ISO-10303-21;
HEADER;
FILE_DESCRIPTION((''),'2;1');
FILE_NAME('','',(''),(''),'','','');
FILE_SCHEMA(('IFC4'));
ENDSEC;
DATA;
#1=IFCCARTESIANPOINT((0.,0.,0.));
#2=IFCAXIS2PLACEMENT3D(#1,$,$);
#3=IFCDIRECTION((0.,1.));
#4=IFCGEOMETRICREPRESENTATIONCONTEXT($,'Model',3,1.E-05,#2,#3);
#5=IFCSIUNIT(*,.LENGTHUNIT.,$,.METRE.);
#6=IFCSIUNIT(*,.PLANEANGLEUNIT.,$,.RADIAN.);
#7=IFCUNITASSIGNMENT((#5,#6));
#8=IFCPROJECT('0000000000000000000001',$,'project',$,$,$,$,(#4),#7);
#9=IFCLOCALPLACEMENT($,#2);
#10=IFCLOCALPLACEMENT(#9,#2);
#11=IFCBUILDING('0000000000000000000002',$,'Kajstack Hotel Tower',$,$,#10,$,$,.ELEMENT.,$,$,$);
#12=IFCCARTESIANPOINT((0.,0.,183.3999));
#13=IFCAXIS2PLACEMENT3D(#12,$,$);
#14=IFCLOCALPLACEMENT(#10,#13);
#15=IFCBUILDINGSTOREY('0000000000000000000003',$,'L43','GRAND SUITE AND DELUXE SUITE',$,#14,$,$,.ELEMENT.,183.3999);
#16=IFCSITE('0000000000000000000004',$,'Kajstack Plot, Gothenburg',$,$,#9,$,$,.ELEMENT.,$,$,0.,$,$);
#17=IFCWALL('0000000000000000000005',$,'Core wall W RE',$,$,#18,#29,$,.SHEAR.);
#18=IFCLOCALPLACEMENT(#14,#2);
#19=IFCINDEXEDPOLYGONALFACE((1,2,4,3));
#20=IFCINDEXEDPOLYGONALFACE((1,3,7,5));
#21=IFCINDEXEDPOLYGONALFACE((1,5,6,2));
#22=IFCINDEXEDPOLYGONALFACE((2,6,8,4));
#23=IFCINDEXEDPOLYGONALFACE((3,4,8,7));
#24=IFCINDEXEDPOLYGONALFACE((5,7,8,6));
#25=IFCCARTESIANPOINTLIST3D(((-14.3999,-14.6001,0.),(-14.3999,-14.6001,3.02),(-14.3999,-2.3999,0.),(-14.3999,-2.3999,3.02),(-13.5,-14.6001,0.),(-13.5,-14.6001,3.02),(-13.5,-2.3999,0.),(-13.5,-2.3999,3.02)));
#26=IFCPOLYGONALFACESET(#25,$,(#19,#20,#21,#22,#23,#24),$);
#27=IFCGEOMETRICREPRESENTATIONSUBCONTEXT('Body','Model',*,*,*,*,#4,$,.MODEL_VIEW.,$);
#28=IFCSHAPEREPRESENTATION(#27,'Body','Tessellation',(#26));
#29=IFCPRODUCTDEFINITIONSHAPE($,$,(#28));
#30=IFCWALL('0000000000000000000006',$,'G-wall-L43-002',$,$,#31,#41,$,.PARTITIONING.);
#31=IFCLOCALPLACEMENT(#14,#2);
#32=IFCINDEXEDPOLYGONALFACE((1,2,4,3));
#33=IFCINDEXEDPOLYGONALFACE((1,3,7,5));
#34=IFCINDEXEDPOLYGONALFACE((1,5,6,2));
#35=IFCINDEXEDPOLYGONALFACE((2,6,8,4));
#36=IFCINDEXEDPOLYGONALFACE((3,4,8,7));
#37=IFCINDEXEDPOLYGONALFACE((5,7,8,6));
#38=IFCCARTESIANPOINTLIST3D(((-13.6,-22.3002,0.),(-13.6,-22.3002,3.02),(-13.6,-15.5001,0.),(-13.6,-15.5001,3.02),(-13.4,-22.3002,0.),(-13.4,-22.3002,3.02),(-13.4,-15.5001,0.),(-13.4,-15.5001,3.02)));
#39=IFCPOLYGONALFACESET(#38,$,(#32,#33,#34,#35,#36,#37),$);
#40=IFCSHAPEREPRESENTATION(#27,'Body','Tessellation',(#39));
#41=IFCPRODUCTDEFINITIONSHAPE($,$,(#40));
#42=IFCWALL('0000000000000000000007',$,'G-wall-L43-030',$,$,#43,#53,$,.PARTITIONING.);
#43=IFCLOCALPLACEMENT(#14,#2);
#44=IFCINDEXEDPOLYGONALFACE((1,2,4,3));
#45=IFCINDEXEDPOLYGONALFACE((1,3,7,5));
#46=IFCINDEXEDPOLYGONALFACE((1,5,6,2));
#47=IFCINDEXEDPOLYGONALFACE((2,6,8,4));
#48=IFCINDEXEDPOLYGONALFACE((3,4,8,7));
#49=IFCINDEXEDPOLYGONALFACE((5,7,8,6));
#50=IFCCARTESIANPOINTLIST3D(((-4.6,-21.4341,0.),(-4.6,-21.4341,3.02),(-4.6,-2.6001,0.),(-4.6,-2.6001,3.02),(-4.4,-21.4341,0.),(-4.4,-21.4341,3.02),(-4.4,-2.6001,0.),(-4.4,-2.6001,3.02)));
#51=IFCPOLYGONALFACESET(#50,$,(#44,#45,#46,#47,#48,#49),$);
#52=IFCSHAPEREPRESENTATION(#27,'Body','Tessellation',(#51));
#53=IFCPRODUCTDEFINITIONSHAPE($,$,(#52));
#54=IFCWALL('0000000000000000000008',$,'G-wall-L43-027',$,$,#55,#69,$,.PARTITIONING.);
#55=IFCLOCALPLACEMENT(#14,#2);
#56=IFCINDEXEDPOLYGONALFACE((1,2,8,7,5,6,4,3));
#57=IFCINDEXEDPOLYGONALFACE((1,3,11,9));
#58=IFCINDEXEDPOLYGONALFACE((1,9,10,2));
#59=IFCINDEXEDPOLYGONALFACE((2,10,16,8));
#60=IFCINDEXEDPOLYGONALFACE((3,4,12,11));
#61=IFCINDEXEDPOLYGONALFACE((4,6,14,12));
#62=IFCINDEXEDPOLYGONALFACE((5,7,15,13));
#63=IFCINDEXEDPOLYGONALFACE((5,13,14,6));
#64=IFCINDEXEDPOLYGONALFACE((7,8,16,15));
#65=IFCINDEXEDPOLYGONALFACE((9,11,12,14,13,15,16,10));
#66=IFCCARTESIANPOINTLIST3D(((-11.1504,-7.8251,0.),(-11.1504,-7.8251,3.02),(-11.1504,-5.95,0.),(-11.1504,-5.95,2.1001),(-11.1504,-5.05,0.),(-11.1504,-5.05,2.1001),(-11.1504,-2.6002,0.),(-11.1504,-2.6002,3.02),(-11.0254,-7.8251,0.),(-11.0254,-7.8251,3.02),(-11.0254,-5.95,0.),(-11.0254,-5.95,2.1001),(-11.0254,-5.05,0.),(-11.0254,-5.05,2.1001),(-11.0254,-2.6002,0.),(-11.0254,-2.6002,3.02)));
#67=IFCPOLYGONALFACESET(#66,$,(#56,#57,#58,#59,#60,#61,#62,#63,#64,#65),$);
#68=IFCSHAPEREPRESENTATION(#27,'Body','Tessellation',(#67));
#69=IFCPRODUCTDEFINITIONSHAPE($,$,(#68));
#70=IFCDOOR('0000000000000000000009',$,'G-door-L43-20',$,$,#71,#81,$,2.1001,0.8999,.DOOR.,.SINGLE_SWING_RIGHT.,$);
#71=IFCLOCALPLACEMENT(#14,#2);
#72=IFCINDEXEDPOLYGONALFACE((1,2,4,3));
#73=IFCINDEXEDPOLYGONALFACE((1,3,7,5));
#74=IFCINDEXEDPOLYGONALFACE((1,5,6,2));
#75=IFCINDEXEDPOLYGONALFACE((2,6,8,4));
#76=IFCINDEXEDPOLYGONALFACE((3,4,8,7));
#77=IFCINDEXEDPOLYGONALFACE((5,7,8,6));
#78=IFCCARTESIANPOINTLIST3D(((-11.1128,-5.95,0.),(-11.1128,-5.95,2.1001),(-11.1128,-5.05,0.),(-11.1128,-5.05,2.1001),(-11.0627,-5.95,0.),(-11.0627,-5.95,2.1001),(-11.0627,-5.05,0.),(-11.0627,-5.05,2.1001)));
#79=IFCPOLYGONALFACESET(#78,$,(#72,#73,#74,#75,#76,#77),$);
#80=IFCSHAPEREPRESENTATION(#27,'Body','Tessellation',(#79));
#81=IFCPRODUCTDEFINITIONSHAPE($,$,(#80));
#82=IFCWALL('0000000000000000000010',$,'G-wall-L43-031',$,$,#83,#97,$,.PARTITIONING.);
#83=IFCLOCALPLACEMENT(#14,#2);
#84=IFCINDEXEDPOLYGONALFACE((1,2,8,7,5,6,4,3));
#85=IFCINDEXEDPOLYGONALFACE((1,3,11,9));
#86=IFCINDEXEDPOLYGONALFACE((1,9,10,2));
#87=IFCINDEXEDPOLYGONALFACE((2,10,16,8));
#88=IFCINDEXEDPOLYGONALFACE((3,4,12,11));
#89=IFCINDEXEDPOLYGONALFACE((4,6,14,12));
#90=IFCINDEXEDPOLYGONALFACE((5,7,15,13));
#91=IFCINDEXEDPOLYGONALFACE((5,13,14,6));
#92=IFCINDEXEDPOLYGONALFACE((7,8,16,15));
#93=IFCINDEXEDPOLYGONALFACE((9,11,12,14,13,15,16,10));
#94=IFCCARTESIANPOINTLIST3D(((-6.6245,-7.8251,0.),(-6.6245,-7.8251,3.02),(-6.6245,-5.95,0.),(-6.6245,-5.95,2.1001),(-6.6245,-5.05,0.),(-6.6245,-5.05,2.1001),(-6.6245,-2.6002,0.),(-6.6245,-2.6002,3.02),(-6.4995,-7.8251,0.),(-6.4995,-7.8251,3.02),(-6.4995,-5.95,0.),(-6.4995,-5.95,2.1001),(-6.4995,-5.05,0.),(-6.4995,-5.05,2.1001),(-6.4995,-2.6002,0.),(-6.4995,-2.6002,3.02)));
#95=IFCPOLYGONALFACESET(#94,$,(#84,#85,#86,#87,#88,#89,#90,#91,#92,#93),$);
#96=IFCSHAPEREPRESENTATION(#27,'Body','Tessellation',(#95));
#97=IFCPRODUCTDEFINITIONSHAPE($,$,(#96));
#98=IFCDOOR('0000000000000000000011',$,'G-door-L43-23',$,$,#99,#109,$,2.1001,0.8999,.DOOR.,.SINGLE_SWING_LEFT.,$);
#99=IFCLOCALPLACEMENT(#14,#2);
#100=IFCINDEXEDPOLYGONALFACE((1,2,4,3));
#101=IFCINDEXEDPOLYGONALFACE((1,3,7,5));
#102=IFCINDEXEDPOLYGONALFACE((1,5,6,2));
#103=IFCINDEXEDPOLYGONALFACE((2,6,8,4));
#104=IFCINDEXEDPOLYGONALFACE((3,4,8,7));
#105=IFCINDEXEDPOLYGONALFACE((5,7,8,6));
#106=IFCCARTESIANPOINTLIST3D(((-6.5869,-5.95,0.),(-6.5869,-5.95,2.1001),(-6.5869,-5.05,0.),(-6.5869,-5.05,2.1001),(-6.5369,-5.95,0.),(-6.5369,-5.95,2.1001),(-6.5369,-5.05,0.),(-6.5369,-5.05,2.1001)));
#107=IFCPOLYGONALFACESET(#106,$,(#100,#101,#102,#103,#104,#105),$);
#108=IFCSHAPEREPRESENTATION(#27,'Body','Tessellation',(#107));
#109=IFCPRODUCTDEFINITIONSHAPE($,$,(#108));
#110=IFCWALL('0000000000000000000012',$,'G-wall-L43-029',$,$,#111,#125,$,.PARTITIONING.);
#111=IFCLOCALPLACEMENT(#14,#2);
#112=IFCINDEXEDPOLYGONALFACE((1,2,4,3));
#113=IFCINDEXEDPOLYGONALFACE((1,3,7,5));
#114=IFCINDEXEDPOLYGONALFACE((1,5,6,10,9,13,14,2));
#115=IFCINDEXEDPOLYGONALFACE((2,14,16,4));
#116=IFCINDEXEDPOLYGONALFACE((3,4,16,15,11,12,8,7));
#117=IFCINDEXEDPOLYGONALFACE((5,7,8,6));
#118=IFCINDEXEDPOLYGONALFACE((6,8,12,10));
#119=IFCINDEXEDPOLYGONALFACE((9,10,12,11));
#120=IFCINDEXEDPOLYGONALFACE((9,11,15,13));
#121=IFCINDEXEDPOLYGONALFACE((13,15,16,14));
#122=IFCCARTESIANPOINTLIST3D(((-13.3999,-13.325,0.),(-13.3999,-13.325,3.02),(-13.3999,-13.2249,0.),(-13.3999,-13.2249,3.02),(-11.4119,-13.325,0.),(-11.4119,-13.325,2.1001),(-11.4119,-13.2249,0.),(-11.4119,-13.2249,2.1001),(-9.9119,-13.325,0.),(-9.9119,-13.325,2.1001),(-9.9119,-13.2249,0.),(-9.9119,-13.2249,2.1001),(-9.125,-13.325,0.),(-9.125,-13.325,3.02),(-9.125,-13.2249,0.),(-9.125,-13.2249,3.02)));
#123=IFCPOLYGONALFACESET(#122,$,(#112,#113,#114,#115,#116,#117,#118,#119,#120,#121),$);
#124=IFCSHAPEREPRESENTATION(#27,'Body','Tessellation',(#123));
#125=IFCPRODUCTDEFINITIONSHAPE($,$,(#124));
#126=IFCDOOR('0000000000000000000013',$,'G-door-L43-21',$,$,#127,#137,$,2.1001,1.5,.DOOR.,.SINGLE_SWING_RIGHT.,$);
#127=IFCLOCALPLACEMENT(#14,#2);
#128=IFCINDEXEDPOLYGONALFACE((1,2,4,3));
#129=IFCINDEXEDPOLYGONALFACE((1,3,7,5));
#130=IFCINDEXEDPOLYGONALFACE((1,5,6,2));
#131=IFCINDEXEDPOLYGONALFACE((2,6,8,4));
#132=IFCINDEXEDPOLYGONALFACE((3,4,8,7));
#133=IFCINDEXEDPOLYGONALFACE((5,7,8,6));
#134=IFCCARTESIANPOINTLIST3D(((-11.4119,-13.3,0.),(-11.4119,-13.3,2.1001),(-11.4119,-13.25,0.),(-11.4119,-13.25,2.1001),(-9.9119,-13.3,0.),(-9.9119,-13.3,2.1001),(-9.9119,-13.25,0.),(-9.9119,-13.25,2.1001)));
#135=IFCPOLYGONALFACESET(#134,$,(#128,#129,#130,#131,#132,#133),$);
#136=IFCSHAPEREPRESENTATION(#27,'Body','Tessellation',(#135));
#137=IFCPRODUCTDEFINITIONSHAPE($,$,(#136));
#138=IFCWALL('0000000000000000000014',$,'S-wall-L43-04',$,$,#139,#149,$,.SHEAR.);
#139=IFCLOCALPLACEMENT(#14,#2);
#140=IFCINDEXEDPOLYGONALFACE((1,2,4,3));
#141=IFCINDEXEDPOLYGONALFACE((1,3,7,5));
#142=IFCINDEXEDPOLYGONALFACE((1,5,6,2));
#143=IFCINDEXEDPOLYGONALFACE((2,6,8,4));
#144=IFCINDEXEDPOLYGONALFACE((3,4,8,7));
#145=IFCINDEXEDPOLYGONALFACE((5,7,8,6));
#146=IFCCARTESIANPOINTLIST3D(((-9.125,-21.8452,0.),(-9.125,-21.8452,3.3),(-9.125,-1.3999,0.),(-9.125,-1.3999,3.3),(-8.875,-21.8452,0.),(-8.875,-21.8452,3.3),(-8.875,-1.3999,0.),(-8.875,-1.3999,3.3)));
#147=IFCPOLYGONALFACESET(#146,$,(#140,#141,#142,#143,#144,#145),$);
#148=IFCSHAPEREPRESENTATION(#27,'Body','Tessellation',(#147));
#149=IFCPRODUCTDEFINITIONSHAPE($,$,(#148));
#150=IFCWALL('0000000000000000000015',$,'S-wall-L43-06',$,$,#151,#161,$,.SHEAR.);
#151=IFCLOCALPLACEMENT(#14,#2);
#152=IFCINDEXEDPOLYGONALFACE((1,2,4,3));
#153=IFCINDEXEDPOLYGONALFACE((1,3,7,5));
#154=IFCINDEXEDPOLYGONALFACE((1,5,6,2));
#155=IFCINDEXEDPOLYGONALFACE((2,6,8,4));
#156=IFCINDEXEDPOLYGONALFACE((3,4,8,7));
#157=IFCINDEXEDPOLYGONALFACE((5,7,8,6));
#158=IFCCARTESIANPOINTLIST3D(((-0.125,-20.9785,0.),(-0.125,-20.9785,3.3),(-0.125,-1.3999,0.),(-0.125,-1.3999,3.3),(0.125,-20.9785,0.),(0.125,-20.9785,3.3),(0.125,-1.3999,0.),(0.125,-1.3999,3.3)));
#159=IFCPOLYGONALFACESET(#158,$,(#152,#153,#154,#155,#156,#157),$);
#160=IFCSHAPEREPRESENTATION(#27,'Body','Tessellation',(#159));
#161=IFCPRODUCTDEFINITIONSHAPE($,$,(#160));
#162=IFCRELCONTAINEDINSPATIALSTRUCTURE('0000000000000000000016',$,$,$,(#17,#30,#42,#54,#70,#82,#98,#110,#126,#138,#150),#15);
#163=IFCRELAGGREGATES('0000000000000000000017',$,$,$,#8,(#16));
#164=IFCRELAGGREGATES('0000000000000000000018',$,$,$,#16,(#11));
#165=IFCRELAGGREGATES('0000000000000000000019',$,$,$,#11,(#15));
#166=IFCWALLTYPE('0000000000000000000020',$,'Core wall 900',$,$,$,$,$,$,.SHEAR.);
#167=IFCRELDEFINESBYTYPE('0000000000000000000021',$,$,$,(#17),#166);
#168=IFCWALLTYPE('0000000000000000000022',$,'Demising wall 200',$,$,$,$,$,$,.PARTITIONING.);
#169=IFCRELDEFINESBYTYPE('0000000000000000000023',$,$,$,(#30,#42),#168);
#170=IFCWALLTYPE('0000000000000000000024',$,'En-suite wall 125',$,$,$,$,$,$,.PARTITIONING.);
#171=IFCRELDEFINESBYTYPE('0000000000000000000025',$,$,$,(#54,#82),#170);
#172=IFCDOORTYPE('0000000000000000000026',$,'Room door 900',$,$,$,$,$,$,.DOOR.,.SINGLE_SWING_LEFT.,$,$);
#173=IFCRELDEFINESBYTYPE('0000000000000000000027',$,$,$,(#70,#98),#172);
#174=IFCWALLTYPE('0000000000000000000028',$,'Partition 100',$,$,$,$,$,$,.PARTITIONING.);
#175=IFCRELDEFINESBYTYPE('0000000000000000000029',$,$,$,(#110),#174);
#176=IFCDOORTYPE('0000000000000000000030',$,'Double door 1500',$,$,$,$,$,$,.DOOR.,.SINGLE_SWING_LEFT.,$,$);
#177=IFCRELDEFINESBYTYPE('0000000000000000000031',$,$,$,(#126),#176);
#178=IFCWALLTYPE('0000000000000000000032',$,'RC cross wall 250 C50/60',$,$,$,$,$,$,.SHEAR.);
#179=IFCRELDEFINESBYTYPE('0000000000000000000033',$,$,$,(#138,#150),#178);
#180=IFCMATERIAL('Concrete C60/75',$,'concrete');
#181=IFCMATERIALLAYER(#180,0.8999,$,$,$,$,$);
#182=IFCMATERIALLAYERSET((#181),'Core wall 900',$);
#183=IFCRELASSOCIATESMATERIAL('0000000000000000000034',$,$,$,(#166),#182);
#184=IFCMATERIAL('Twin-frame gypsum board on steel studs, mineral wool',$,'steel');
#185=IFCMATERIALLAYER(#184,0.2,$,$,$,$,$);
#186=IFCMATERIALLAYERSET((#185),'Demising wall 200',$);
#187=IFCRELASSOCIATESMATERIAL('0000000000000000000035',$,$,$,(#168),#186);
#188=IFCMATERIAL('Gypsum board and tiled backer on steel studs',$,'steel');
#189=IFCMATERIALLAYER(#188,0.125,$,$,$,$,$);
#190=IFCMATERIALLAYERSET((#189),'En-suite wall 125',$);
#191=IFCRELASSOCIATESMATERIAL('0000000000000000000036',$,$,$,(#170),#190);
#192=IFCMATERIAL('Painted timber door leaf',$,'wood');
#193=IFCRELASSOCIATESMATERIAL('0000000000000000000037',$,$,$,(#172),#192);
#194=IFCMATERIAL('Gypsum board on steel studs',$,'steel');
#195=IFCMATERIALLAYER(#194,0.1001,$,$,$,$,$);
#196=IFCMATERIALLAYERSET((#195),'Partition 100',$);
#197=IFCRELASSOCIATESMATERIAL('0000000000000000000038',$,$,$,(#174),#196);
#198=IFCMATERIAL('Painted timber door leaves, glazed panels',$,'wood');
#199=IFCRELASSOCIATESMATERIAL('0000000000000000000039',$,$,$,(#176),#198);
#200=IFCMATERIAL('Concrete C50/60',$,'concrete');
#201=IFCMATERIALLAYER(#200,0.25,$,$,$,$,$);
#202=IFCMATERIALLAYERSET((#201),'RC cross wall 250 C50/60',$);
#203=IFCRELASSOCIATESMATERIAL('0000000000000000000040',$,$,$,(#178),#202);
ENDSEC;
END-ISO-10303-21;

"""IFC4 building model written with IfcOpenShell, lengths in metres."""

from ifc_helpers import new_model, si_unit, direction, frame, frame_2d, origin, place, context, subcontext, project, spatial, rectangle, extrude, material, layer, layer_set, type_object, element, fill, save


model = new_model("IFC4")

# Units and contexts
model_context = context("Model", 3, precision=1e-05, world=origin(), true_north=direction((0.0, 1.0)))
body_context = subcontext(model_context, "Body", "Model", "MODEL_VIEW")
ifc_project = project(units=[si_unit("LENGTHUNIT", "METRE"), si_unit("PLANEANGLEUNIT", "RADIAN")], contexts=[model_context])

# Site, building, storey
site_placement = place(None, origin())
site = spatial("IfcSite", under=ifc_project, at=site_placement, Name="Kajstack Plot, Gothenburg", CompositionType="ELEMENT", RefElevation=0.0)
building_placement = place(site_placement, origin())
building = spatial("IfcBuilding", under=site, at=building_placement, Name="Kajstack Hotel Tower", CompositionType="ELEMENT")
storey_placement = place(building_placement, frame((0.0, 0.0, 183.3999)))
storey = spatial("IfcBuildingStorey", under=building, at=storey_placement, Name="L43", Description="GRAND SUITE AND DELUXE SUITE", CompositionType="ELEMENT", Elevation=183.3999)

# Walls
ifc_material_1 = material(Name="Concrete C60/75", Category="concrete")
ifc_layer_1 = layer(ifc_material_1, 0.8999)
ifc_layer_set_1 = layer_set([ifc_layer_1], Name="Core wall 900")
wall_type_1 = type_object("IfcWallType", Name="Core wall 900", PredefinedType="SHEAR", material=ifc_layer_set_1)
wall_1_placement = place(storey_placement, frame((-13.95, -14.6001, 0.0), z_axis=(0.0, 0.0, 1.0), x_axis=(0.0, 1.0, 0.0)))
element("IfcWall", 1, at=wall_1_placement, inside=storey, type_object=wall_type_1, Name="Core wall W RE", PredefinedType="SHEAR", context=body_context, shape_type="SweptSolid", body=[
    extrude(rectangle(XDim=12.2002, YDim=0.8999, at=frame_2d((6.1001, 0.0))), origin(), (0.0, 0.0, 1.0), 3.02),
])
ifc_material_2 = material(Name="Twin-frame gypsum board on steel studs, mineral wool", Category="steel")
ifc_layer_2 = layer(ifc_material_2, 0.2)
ifc_layer_set_2 = layer_set([ifc_layer_2], Name="Demising wall 200")
wall_type_2 = type_object("IfcWallType", Name="Demising wall 200", PredefinedType="PARTITIONING", material=ifc_layer_set_2)
wall_2_placement = place(storey_placement, frame((-13.5, -22.3, 0.0), z_axis=(0.0, 0.0, 1.0), x_axis=(0.0, 1.0, 0.0)))
element("IfcWall", 2, at=wall_2_placement, inside=storey, type_object=wall_type_2, Name="G-wall-L43-002", PredefinedType="PARTITIONING", context=body_context, shape_type="SweptSolid", body=[
    extrude(rectangle(XDim=6.8, YDim=0.2, at=frame_2d((3.3999, 0.0))), origin(), (0.0, 0.0, 1.0), 3.02),
])
wall_3_placement = place(storey_placement, frame((-4.5, -21.4341, 0.0), z_axis=(0.0, 0.0, 1.0), x_axis=(0.0, 1.0, 0.0)))
element("IfcWall", 3, at=wall_3_placement, inside=storey, type_object=wall_type_2, Name="G-wall-L43-030", PredefinedType="PARTITIONING", context=body_context, shape_type="SweptSolid", body=[
    extrude(rectangle(XDim=18.834, YDim=0.2, at=frame_2d((9.417, 0.0))), origin(), (0.0, 0.0, 1.0), 3.02),
])

# Walls, openings, doors
ifc_material_3 = material(Name="Gypsum board and tiled backer on steel studs", Category="steel")
ifc_layer_3 = layer(ifc_material_3, 0.125)
ifc_layer_set_3 = layer_set([ifc_layer_3], Name="En-suite wall 125")
wall_type_3 = type_object("IfcWallType", Name="En-suite wall 125", PredefinedType="PARTITIONING", material=ifc_layer_set_3)
wall_4_placement = place(storey_placement, frame((-11.0879, -7.825, 0.0), z_axis=(0.0, 0.0, 1.0), x_axis=(0.0, 1.0, 0.0)))
wall_4 = element("IfcWall", 4, at=wall_4_placement, inside=storey, type_object=wall_type_3, Name="G-wall-L43-027", PredefinedType="PARTITIONING", context=body_context, shape_type="SweptSolid", body=[
    extrude(rectangle(XDim=5.2249, YDim=0.125, at=frame_2d((2.6123, 0.0))), origin(), (0.0, 0.0, 1.0), 3.02),
])
opening_1_placement = place(wall_4_placement, frame((1.875, 0.0, 0.0)))
opening_1 = element("IfcOpeningElement", 5, at=opening_1_placement, cuts=wall_4, PredefinedType="OPENING", context=body_context, shape_type="SweptSolid", body=[
    extrude(rectangle(XDim=0.8999, YDim=2.1001, at=frame_2d((0.45, 1.05))), frame((0.0, 0.0725, 0.0), z_axis=(0.0, -1.0, 0.0), x_axis=(1.0, 0.0, 0.0)), (0.0, 0.0, 1.0), 0.145),
])
ifc_material_4 = material(Name="Painted timber door leaf", Category="wood")
door_type_1 = type_object("IfcDoorType", Name="Room door 900", OperationType="SINGLE_SWING_LEFT", PredefinedType="DOOR", material=ifc_material_4)
door_1_placement = place(opening_1_placement, origin())
door_1 = element("IfcDoor", 6, at=door_1_placement, inside=storey, type_object=door_type_1, Name="G-door-L43-20", OperationType="SINGLE_SWING_RIGHT", OverallHeight=2.1001, OverallWidth=0.8999, PredefinedType="DOOR", context=body_context, shape_type="SweptSolid", body=[
    extrude(rectangle(XDim=0.8999, YDim=2.1001, at=frame_2d((0.45, 1.05))), frame((0.0, 0.0249, 0.0), z_axis=(0.0, -1.0, 0.0), x_axis=(1.0, 0.0, 0.0)), (0.0, 0.0, 1.0), 0.05),
])
fill(opening_1, door_1)
wall_5_placement = place(storey_placement, frame((-6.562, -7.825, 0.0), z_axis=(0.0, 0.0, 1.0), x_axis=(0.0, 1.0, 0.0)))
wall_5 = element("IfcWall", 7, at=wall_5_placement, inside=storey, type_object=wall_type_3, Name="G-wall-L43-031", PredefinedType="PARTITIONING", context=body_context, shape_type="SweptSolid", body=[
    extrude(rectangle(XDim=5.2249, YDim=0.125, at=frame_2d((2.6123, 0.0))), origin(), (0.0, 0.0, 1.0), 3.02),
])
opening_2_placement = place(wall_5_placement, frame((1.875, 0.0, 0.0)))
opening_2 = element("IfcOpeningElement", 8, at=opening_2_placement, cuts=wall_5, PredefinedType="OPENING", context=body_context, shape_type="SweptSolid", body=[
    extrude(rectangle(XDim=0.8999, YDim=2.1001, at=frame_2d((0.45, 1.05))), frame((0.0, 0.0725, 0.0), z_axis=(0.0, -1.0, 0.0), x_axis=(1.0, 0.0, 0.0)), (0.0, 0.0, 1.0), 0.145),
])
door_2_placement = place(opening_2_placement, origin())
door_2 = element("IfcDoor", 9, at=door_2_placement, inside=storey, type_object=door_type_1, Name="G-door-L43-23", OperationType="SINGLE_SWING_LEFT", OverallHeight=2.1001, OverallWidth=0.8999, PredefinedType="DOOR", context=body_context, shape_type="SweptSolid", body=[
    extrude(rectangle(XDim=0.8999, YDim=2.1001, at=frame_2d((0.45, 1.05))), frame((0.0, 0.0249, 0.0), z_axis=(0.0, -1.0, 0.0), x_axis=(1.0, 0.0, 0.0)), (0.0, 0.0, 1.0), 0.05),
])
fill(opening_2, door_2)
ifc_material_5 = material(Name="Gypsum board on steel studs", Category="steel")
ifc_layer_4 = layer(ifc_material_5, 0.1001)
ifc_layer_set_4 = layer_set([ifc_layer_4], Name="Partition 100")
wall_type_4 = type_object("IfcWallType", Name="Partition 100", PredefinedType="PARTITIONING", material=ifc_layer_set_4)
wall_6_placement = place(storey_placement, frame((-13.3999, -13.2749, 0.0), z_axis=(0.0, 0.0, 1.0), x_axis=(1.0, 0.0, 0.0)))
wall_6 = element("IfcWall", 10, at=wall_6_placement, inside=storey, type_object=wall_type_4, Name="G-wall-L43-029", PredefinedType="PARTITIONING", context=body_context, shape_type="SweptSolid", body=[
    extrude(rectangle(XDim=4.2749, YDim=0.1001, at=frame_2d((2.1375, 0.0))), origin(), (0.0, 0.0, 1.0), 3.02),
])
opening_3_placement = place(wall_6_placement, frame((1.988, 0.0, 0.0)))
opening_3 = element("IfcOpeningElement", 11, at=opening_3_placement, cuts=wall_6, PredefinedType="OPENING", context=body_context, shape_type="SweptSolid", body=[
    extrude(rectangle(XDim=1.5, YDim=2.1001, at=frame_2d((0.75, 1.05))), frame((0.0, 0.0601, 0.0), z_axis=(0.0, -1.0, 0.0), x_axis=(1.0, 0.0, 0.0)), (0.0, 0.0, 1.0), 0.1201),
])
ifc_material_6 = material(Name="Painted timber door leaves, glazed panels", Category="wood")
door_type_2 = type_object("IfcDoorType", Name="Double door 1500", OperationType="SINGLE_SWING_LEFT", PredefinedType="DOOR", material=ifc_material_6)
door_3_placement = place(opening_3_placement, origin())
door_3 = element("IfcDoor", 12, at=door_3_placement, inside=storey, type_object=door_type_2, Name="G-door-L43-21", OperationType="SINGLE_SWING_RIGHT", OverallHeight=2.1001, OverallWidth=1.5, PredefinedType="DOOR", context=body_context, shape_type="SweptSolid", body=[
    extrude(rectangle(XDim=1.5, YDim=2.1001, at=frame_2d((0.75, 1.05))), frame((0.0, 0.0249, 0.0), z_axis=(0.0, -1.0, 0.0), x_axis=(1.0, 0.0, 0.0)), (0.0, 0.0, 1.0), 0.05),
])
fill(opening_3, door_3)

# Walls
ifc_material_7 = material(Name="Concrete C50/60", Category="concrete")
ifc_layer_5 = layer(ifc_material_7, 0.25)
ifc_layer_set_5 = layer_set([ifc_layer_5], Name="RC cross wall 250 C50/60")
wall_type_5 = type_object("IfcWallType", Name="RC cross wall 250 C50/60", PredefinedType="SHEAR", material=ifc_layer_set_5)
wall_7_placement = place(storey_placement, frame((-9.0, -21.8452, 0.0), z_axis=(0.0, 0.0, 1.0), x_axis=(0.0, 1.0, 0.0)))
element("IfcWall", 13, at=wall_7_placement, inside=storey, type_object=wall_type_5, Name="S-wall-L43-04", PredefinedType="SHEAR", context=body_context, shape_type="SweptSolid", body=[
    extrude(rectangle(XDim=20.4453, YDim=0.25, at=frame_2d((10.2227, 0.0))), origin(), (0.0, 0.0, 1.0), 3.3),
])
wall_8_placement = place(storey_placement, frame((0.0, -20.9785, 0.0), z_axis=(0.0, 0.0, 1.0), x_axis=(0.0, 1.0, 0.0)))
element("IfcWall", 14, at=wall_8_placement, inside=storey, type_object=wall_type_5, Name="S-wall-L43-06", PredefinedType="SHEAR", context=body_context, shape_type="SweptSolid", body=[
    extrude(rectangle(XDim=19.5786, YDim=0.25, at=frame_2d((9.7893, 0.0))), origin(), (0.0, 0.0, 1.0), 3.3),
])

save(model, "model.ifc")
